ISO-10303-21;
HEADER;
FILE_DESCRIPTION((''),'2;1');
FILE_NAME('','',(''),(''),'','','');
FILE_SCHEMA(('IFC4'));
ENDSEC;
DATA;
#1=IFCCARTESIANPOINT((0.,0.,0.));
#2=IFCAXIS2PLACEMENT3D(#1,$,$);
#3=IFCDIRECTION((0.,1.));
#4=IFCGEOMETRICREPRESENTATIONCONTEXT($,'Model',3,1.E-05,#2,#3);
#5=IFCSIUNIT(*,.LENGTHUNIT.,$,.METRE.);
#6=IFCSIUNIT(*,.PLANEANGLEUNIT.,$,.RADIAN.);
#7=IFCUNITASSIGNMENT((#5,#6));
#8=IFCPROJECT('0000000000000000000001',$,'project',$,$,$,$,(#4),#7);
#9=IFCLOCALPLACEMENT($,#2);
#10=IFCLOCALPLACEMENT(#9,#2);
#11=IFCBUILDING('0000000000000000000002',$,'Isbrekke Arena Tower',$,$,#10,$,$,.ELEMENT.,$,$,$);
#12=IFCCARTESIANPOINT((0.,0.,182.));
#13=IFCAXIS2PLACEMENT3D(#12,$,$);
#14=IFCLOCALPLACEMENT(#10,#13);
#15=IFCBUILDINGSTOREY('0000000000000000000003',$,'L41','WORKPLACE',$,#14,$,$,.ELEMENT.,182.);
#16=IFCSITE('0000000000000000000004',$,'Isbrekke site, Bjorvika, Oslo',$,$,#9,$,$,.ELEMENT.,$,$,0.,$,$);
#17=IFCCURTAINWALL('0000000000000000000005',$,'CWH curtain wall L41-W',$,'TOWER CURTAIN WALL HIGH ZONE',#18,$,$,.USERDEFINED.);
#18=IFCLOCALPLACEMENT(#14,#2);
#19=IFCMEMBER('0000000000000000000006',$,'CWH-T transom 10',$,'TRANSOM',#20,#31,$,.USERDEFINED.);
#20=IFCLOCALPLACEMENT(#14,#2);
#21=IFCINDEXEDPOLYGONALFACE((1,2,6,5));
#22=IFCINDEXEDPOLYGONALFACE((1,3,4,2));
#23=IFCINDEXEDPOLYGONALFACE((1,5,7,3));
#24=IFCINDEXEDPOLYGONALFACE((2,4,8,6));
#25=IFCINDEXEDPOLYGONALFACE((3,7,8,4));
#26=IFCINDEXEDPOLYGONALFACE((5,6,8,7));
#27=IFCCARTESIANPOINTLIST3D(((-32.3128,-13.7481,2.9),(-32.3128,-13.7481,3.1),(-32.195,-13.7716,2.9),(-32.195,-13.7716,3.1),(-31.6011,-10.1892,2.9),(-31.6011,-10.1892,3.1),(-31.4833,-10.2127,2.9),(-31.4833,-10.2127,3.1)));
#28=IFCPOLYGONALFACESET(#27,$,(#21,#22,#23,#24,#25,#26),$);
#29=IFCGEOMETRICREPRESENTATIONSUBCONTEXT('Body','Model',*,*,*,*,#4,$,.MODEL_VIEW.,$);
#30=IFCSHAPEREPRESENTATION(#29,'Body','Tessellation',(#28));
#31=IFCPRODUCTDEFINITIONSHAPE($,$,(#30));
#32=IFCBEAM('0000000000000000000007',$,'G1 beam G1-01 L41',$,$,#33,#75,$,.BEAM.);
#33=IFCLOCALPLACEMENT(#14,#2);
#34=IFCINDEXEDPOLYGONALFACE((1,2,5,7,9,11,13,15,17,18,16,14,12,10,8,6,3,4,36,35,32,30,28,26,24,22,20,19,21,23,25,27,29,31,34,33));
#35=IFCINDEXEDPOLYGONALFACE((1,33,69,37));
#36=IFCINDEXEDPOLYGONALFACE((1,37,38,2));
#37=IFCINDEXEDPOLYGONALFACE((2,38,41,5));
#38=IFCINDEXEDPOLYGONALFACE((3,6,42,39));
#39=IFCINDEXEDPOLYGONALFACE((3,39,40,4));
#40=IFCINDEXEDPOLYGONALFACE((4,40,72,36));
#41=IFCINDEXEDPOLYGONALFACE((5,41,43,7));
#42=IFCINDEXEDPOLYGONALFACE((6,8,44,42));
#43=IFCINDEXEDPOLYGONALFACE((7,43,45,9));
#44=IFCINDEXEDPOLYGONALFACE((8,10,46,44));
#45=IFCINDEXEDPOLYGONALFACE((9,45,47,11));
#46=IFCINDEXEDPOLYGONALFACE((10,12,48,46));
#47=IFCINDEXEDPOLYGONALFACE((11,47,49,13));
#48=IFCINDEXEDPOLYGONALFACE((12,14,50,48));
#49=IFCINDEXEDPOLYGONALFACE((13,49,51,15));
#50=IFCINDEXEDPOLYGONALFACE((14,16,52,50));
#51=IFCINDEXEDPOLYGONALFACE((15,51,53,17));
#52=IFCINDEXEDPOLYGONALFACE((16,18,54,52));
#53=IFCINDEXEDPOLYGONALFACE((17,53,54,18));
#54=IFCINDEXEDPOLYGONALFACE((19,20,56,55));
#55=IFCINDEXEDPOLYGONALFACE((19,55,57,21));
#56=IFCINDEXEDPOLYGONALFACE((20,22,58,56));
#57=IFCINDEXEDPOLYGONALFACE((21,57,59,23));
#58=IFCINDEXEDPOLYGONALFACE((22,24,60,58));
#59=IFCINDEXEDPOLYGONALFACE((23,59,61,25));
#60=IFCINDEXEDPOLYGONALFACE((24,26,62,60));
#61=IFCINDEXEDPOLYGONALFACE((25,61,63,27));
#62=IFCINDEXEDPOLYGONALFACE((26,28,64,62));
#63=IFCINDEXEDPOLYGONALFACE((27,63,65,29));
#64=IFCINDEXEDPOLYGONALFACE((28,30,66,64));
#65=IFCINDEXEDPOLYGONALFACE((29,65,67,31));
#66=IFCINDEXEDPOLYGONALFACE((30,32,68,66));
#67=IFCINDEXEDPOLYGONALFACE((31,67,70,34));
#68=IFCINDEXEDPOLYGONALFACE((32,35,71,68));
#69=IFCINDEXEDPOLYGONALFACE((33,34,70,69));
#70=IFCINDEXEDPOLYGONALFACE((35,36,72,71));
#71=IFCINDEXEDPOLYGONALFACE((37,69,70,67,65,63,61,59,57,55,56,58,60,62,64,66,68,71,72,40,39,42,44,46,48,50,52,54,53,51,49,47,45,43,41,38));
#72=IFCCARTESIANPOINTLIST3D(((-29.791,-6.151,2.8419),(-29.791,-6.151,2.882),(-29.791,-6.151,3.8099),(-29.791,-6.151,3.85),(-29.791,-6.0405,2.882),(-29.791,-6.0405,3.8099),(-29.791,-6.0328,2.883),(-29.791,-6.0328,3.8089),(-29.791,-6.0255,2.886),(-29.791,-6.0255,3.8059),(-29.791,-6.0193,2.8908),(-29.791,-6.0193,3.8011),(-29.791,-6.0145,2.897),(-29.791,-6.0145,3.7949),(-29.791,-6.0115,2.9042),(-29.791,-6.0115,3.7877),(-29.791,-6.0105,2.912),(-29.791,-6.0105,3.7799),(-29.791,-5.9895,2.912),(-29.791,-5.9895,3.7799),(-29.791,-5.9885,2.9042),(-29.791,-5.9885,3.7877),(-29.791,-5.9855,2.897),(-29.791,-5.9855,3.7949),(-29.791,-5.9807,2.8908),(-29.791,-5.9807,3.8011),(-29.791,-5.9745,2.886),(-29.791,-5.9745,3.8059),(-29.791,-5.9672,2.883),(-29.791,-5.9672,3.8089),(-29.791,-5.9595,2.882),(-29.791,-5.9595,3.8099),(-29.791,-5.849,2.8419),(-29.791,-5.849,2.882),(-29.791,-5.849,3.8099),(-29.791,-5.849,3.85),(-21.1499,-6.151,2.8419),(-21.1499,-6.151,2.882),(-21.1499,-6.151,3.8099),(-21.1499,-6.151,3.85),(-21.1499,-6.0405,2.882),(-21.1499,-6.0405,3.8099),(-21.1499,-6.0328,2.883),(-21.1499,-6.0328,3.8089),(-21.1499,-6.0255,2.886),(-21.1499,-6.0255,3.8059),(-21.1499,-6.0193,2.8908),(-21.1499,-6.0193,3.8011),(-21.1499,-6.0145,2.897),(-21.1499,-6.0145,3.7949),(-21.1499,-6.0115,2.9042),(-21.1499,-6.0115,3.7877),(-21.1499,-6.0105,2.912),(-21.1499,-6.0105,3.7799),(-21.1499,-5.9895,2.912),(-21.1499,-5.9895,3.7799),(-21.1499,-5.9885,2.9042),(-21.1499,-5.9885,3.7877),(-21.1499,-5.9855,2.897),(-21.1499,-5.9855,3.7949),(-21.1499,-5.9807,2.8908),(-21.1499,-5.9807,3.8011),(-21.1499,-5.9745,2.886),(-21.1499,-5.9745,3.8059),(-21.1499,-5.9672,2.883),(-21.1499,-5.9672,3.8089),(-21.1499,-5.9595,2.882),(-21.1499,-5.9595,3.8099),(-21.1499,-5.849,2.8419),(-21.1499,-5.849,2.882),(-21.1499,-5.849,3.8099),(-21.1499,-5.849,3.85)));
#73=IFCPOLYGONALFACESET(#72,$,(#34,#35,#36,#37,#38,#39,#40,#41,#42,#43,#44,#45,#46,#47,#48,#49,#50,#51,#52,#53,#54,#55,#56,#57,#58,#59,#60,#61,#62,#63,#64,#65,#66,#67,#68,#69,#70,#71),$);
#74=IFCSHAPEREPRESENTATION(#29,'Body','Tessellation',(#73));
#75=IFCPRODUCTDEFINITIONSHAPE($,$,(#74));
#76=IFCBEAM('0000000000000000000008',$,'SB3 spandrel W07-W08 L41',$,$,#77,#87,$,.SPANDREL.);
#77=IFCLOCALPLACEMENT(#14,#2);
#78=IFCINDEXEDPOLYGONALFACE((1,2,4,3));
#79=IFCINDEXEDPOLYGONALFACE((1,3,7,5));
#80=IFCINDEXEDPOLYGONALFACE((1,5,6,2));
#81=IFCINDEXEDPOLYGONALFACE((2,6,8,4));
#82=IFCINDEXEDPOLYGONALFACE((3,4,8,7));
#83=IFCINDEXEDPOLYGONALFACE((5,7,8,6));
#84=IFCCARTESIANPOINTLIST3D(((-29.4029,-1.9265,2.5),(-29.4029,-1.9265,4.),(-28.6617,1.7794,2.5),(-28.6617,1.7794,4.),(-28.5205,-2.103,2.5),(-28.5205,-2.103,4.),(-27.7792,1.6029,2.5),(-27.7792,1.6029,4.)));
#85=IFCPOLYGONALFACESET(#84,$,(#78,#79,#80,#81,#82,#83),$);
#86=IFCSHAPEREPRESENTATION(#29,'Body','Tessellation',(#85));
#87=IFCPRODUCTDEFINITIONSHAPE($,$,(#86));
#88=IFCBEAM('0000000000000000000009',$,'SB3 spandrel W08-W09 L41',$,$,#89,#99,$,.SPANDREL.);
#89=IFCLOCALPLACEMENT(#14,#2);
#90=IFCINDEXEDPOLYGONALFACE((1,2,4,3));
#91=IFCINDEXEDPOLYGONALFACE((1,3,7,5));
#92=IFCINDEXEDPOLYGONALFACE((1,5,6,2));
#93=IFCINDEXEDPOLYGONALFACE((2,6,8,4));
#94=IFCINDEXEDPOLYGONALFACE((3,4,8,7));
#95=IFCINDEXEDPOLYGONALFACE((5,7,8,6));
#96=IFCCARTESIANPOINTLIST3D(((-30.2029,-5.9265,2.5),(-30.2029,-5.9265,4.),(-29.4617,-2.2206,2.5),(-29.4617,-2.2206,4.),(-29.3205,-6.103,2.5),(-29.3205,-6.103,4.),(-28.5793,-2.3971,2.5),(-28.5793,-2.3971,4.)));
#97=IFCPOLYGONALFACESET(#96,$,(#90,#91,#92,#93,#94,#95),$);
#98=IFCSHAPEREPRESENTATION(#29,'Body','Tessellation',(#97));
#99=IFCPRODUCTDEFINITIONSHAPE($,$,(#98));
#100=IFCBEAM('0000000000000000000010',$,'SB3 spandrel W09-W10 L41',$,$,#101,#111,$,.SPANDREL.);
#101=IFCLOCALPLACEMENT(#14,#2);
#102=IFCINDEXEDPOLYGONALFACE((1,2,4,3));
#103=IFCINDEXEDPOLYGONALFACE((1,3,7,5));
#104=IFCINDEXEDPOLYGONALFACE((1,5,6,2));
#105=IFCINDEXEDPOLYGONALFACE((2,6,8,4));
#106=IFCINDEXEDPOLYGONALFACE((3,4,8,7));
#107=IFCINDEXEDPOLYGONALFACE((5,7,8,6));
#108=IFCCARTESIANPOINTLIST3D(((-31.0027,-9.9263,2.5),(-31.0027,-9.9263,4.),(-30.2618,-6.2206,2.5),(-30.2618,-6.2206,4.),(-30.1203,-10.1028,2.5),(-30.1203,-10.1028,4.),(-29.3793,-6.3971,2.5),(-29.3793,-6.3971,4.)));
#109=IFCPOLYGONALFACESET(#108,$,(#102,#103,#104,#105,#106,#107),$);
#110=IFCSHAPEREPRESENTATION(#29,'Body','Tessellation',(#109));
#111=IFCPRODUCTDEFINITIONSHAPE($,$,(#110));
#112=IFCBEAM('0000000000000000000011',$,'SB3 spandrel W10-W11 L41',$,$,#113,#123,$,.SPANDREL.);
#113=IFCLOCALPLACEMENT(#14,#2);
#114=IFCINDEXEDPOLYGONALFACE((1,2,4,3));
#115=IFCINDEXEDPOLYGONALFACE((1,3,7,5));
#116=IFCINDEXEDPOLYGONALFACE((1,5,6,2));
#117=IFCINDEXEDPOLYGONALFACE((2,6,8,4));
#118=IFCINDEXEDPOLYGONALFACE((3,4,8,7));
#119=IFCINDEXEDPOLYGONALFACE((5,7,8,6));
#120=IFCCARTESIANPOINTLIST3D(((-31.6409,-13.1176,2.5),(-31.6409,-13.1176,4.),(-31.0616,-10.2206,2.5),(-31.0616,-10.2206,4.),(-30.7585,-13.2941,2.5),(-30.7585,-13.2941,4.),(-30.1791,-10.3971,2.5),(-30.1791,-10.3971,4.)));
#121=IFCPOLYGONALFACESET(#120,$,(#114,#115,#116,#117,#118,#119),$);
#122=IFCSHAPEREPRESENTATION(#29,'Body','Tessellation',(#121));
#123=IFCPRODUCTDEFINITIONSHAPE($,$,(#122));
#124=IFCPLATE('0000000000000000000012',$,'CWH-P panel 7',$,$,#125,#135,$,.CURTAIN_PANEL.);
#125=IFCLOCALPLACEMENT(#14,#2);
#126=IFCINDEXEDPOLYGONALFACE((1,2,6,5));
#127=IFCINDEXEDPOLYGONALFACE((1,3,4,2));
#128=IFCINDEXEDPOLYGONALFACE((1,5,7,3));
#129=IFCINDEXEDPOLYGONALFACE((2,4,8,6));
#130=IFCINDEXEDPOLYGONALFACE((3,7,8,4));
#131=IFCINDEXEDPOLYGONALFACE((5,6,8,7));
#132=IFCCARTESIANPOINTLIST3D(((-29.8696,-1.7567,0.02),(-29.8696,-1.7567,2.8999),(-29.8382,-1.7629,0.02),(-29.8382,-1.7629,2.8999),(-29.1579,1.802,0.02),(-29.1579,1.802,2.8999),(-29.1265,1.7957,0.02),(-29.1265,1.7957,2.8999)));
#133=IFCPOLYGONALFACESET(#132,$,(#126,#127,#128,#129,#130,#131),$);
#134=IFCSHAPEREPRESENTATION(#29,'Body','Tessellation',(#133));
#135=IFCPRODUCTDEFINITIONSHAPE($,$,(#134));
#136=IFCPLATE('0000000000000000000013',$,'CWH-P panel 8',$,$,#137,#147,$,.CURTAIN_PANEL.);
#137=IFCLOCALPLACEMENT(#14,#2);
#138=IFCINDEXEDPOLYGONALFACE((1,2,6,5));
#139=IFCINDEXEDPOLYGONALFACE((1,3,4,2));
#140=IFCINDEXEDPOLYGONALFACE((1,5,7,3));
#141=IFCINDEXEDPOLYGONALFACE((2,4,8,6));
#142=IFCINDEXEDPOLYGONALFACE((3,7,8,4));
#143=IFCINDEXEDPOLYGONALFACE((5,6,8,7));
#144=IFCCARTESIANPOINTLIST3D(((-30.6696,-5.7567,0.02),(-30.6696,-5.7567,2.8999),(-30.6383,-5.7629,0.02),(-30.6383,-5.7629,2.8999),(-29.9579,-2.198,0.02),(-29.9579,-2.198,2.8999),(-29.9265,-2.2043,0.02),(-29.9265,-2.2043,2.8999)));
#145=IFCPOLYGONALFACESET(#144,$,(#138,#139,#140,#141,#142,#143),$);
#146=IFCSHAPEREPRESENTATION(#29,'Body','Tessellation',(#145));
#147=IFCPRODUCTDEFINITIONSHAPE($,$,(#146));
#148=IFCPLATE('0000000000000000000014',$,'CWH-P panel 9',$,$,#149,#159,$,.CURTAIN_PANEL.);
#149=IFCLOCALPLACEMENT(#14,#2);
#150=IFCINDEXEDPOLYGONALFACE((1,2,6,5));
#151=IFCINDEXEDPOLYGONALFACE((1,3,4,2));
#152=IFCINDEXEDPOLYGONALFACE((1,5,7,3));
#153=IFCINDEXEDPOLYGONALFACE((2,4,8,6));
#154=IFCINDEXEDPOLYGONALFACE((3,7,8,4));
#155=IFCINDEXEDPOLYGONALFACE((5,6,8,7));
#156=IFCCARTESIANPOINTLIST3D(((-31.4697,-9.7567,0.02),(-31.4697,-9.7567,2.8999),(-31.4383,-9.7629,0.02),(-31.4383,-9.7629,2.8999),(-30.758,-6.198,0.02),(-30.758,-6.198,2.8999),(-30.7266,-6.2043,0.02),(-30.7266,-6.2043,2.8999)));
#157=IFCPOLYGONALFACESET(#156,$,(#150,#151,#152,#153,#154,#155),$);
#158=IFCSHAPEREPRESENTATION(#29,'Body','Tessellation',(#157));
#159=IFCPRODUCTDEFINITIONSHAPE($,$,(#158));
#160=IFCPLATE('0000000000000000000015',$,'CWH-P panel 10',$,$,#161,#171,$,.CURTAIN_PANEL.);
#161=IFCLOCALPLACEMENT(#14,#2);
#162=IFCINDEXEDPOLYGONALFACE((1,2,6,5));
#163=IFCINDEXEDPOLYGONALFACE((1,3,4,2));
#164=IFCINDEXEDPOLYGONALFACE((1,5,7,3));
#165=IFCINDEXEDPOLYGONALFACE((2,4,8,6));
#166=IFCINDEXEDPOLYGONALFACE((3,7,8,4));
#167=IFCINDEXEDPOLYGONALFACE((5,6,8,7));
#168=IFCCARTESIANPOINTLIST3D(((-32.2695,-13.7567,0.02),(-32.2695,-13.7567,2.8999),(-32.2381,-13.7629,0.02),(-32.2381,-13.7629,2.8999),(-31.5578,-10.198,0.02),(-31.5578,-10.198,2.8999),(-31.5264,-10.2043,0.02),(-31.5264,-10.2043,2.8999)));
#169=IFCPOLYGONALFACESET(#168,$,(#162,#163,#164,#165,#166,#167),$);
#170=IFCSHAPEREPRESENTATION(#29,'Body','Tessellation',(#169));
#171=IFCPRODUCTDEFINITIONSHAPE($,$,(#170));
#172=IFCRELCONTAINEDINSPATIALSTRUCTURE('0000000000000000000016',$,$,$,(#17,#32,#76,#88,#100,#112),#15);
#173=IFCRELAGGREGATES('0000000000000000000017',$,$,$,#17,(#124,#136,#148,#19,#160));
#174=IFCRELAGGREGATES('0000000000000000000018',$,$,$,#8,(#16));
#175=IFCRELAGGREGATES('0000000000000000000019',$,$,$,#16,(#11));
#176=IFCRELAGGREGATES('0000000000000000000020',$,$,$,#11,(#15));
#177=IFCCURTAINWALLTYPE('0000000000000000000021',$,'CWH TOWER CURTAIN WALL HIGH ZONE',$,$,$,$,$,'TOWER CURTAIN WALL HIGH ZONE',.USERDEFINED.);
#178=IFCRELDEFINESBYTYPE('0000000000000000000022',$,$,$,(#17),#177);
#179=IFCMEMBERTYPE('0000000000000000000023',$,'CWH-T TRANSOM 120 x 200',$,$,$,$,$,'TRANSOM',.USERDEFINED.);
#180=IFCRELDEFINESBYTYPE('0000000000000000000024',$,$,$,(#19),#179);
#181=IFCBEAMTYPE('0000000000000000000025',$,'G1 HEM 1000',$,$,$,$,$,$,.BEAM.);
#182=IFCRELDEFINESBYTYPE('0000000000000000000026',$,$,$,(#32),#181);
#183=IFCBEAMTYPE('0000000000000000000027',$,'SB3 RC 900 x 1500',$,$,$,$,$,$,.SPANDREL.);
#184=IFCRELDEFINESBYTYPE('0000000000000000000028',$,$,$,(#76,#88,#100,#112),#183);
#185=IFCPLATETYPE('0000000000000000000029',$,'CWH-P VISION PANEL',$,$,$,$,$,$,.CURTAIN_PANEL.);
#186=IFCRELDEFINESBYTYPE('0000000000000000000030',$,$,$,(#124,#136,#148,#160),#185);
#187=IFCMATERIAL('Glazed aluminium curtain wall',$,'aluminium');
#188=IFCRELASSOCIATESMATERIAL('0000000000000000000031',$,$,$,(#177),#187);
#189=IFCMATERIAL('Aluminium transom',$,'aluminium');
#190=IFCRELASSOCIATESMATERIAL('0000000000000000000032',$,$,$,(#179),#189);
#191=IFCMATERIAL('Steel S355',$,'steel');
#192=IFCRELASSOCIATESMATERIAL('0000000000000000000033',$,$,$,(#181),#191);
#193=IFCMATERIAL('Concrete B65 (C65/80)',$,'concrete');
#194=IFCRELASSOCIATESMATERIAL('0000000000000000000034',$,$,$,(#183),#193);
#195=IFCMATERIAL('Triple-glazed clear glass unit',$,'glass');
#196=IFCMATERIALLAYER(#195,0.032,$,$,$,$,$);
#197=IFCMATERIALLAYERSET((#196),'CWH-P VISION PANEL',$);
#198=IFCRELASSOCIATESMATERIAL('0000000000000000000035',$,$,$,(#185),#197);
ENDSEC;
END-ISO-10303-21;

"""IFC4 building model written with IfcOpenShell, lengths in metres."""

from ifc_helpers import new_model, si_unit, direction, frame, origin, origin_2d, place, context, subcontext, project, spatial, rectangle, i_section, extrude, material, layer, layer_set, material_profile, profile_set, type_object, element, aggregate, save


model = new_model("IFC4")

# Units and contexts
model_context = context("Model", 3, precision=1e-05, world=origin(), true_north=direction((0.0, 1.0)))
body_context = subcontext(model_context, "Body", "Model", "MODEL_VIEW")
ifc_project = project(units=[si_unit("LENGTHUNIT", "METRE"), si_unit("PLANEANGLEUNIT", "RADIAN")], contexts=[model_context])

# Site, building, storey
site_placement = place(None, origin())
site = spatial("IfcSite", under=ifc_project, at=site_placement, Name="Isbrekke site, Bjorvika, Oslo", CompositionType="ELEMENT", RefElevation=0.0)
building_placement = place(site_placement, origin())
building = spatial("IfcBuilding", under=site, at=building_placement, Name="Isbrekke Arena Tower", CompositionType="ELEMENT")
storey_placement = place(building_placement, frame((0.0, 0.0, 182.0)))
storey = spatial("IfcBuildingStorey", under=building, at=storey_placement, Name="L41", Description="WORKPLACE", CompositionType="ELEMENT", Elevation=182.0)

# Curtain wall, member
ifc_material_1 = material(Name="Glazed aluminium curtain wall", Category="aluminium")
curtain_wall_type = type_object("IfcCurtainWallType", Name="CWH TOWER CURTAIN WALL HIGH ZONE", ElementType="TOWER CURTAIN WALL HIGH ZONE", PredefinedType="USERDEFINED", material=ifc_material_1)
curtain_wall_placement = place(storey_placement, origin())
curtain_wall = element("IfcCurtainWall", 1, at=curtain_wall_placement, inside=storey, type_object=curtain_wall_type, Name="CWH curtain wall L41-W", ObjectType="TOWER CURTAIN WALL HIGH ZONE", PredefinedType="USERDEFINED")
ifc_material_2 = material(Name="Aluminium transom", Category="aluminium")
ifc_material_profile_1 = material_profile(ifc_material_2, rectangle(XDim=0.1201, YDim=0.2, at=origin_2d()), Name="TRANSOM 120X200")
ifc_profile_set_1 = profile_set([ifc_material_profile_1], Name="Aluminium transom")
member_type_1 = type_object("IfcMemberType", Name="CWH-T TRANSOM 120 x 200", ElementType="TRANSOM", PredefinedType="USERDEFINED", material=ifc_profile_set_1)
member_1_placement = place(storey_placement, frame((-31.5422, -10.2009, 3.0), z_axis=(-0.19609, -0.980586, 0.0), x_axis=(0.980586, -0.19609, 0.0)))
member_1 = element("IfcMember", 2, at=member_1_placement, type_object=member_type_1, Name="CWH-T transom 10", ObjectType="TRANSOM", PredefinedType="USERDEFINED", context=body_context, shape_type="SweptSolid", body=[
    extrude(rectangle(XDim=0.1201, YDim=0.2, at=origin_2d()), origin(), (0.0, 0.0, 1.0), 3.6294),
])

# Beams
ifc_material_3 = material(Name="Steel S355", Category="steel")
ifc_material_profile_2 = material_profile(ifc_material_3, i_section(OverallWidth=0.302, OverallDepth=1.0081, WebThickness=0.021, FlangeThickness=0.04, FilletRadius=0.03, at=origin_2d()), Name="HEM 1000")
ifc_profile_set_2 = profile_set([ifc_material_profile_2], Name="Steel S355")
beam_type_1 = type_object("IfcBeamType", Name="G1 HEM 1000", PredefinedType="BEAM", material=ifc_profile_set_2)
beam_1_placement = place(storey_placement, frame((-29.791, -6.0, 3.3459), z_axis=(1.0, 0.0, 0.0), x_axis=(0.0, 1.0, 0.0)))
element("IfcBeam", 3, at=beam_1_placement, inside=storey, type_object=beam_type_1, Name="G1 beam G1-01 L41", PredefinedType="BEAM", context=body_context, shape_type="SweptSolid", body=[
    extrude(i_section(OverallWidth=0.302, OverallDepth=1.0081, WebThickness=0.021, FlangeThickness=0.04, FilletRadius=0.03, at=origin_2d()), origin(), (0.0, 0.0, 1.0), 8.6411),
])
ifc_material_4 = material(Name="Concrete B65 (C65/80)", Category="concrete")
ifc_material_profile_3 = material_profile(ifc_material_4, rectangle(XDim=0.8999, YDim=1.5, at=origin_2d()), Name="RC 900x1500")
ifc_profile_set_3 = profile_set([ifc_material_profile_3], Name="Concrete B65 (C65/80)")
beam_type_2 = type_object("IfcBeamType", Name="SB3 RC 900 x 1500", PredefinedType="SPANDREL", material=ifc_profile_set_3)
for number, where, z_axis, x_axis, name in (
    (4, (-28.2205, 1.6912, 3.25), (-0.196129, -0.980578, 0.0), (0.980578, -0.196129, 0.0), "SB3 spandrel W07-W08 L41"),
    (5, (-29.0205, -2.3088, 3.25), (-0.196129, -0.980578, 0.0), (0.980578, -0.196129, 0.0), "SB3 spandrel W08-W09 L41"),
):
    element("IfcBeam", number, at=place(storey_placement, frame(where, z_axis=z_axis, x_axis=x_axis)), inside=storey, type_object=beam_type_2, Name=name, PredefinedType="SPANDREL", context=body_context, shape_type="SweptSolid", body=[
        extrude(rectangle(XDim=0.8999, YDim=1.5, at=origin_2d()), origin(), (0.0, 0.0, 1.0), 3.7793),
    ])
beam_2_placement = place(storey_placement, frame((-29.8206, -6.3088, 3.25), z_axis=(-0.196066, -0.980591, 0.0), x_axis=(0.980591, -0.196066, 0.0)))
element("IfcBeam", 6, at=beam_2_placement, inside=storey, type_object=beam_type_2, Name="SB3 spandrel W09-W10 L41", PredefinedType="SPANDREL", context=body_context, shape_type="SweptSolid", body=[
    extrude(rectangle(XDim=0.8999, YDim=1.5, at=origin_2d()), origin(), (0.0, 0.0, 1.0), 3.7791),
])
beam_3_placement = place(storey_placement, frame((-30.6204, -10.3088, 3.25), z_axis=(-0.1961, -0.980584, 0.0), x_axis=(0.980584, -0.1961, 0.0)))
element("IfcBeam", 7, at=beam_3_placement, inside=storey, type_object=beam_type_2, Name="SB3 spandrel W10-W11 L41", PredefinedType="SPANDREL", context=body_context, shape_type="SweptSolid", body=[
    extrude(rectangle(XDim=0.8999, YDim=1.5, at=origin_2d()), origin(), (0.0, 0.0, 1.0), 2.9543),
])

# Plates
ifc_material_5 = material(Name="Triple-glazed clear glass unit", Category="glass")
ifc_layer = layer(ifc_material_5, 0.032)
ifc_layer_set = layer_set([ifc_layer], Name="CWH-P VISION PANEL")
plate_type = type_object("IfcPlateType", Name="CWH-P VISION PANEL", PredefinedType="CURTAIN_PANEL", material=ifc_layer_set)
plate_1_placement = place(storey_placement, frame((-29.498, 0.0195, 0.02), z_axis=(0.0, 0.0, 1.0), x_axis=(-0.196116, -0.980581, 0.0)))
plate_1 = element("IfcPlate", 8, at=plate_1_placement, type_object=plate_type, Name="CWH-P panel 7", PredefinedType="CURTAIN_PANEL", context=body_context, shape_type="SweptSolid", body=[
    extrude(rectangle(XDim=3.6292, YDim=0.032, at=origin_2d()), origin(), (0.0, 0.0, 1.0), 2.8799),
])
plate_2_placement = place(storey_placement, frame((-30.2981, -3.9805, 0.02), z_axis=(0.0, 0.0, 1.0), x_axis=(-0.196116, -0.980581, 0.0)))
plate_2 = element("IfcPlate", 9, at=plate_2_placement, type_object=plate_type, Name="CWH-P panel 8", PredefinedType="CURTAIN_PANEL", context=body_context, shape_type="SweptSolid", body=[
    extrude(rectangle(XDim=3.6292, YDim=0.032, at=origin_2d()), origin(), (0.0, 0.0, 1.0), 2.8799),
])
plate_3_placement = place(storey_placement, frame((-31.0981, -7.9805, 0.02), z_axis=(0.0, 0.0, 1.0), x_axis=(-0.196116, -0.980581, 0.0)))
plate_3 = element("IfcPlate", 10, at=plate_3_placement, type_object=plate_type, Name="CWH-P panel 9", PredefinedType="CURTAIN_PANEL", context=body_context, shape_type="SweptSolid", body=[
    extrude(rectangle(XDim=3.6292, YDim=0.032, at=origin_2d()), origin(), (0.0, 0.0, 1.0), 2.8799),
])
plate_4_placement = place(storey_placement, frame((-31.8979, -11.9805, 0.02), z_axis=(0.0, 0.0, 1.0), x_axis=(-0.196116, -0.980581, 0.0)))
plate_4 = element("IfcPlate", 11, at=plate_4_placement, type_object=plate_type, Name="CWH-P panel 10", PredefinedType="CURTAIN_PANEL", context=body_context, shape_type="SweptSolid", body=[
    extrude(rectangle(XDim=3.6292, YDim=0.032, at=origin_2d()), origin(), (0.0, 0.0, 1.0), 2.8799),
])
aggregate(curtain_wall, [plate_1, plate_2, plate_3, member_1, plate_4])

save(model, "model.ifc")
